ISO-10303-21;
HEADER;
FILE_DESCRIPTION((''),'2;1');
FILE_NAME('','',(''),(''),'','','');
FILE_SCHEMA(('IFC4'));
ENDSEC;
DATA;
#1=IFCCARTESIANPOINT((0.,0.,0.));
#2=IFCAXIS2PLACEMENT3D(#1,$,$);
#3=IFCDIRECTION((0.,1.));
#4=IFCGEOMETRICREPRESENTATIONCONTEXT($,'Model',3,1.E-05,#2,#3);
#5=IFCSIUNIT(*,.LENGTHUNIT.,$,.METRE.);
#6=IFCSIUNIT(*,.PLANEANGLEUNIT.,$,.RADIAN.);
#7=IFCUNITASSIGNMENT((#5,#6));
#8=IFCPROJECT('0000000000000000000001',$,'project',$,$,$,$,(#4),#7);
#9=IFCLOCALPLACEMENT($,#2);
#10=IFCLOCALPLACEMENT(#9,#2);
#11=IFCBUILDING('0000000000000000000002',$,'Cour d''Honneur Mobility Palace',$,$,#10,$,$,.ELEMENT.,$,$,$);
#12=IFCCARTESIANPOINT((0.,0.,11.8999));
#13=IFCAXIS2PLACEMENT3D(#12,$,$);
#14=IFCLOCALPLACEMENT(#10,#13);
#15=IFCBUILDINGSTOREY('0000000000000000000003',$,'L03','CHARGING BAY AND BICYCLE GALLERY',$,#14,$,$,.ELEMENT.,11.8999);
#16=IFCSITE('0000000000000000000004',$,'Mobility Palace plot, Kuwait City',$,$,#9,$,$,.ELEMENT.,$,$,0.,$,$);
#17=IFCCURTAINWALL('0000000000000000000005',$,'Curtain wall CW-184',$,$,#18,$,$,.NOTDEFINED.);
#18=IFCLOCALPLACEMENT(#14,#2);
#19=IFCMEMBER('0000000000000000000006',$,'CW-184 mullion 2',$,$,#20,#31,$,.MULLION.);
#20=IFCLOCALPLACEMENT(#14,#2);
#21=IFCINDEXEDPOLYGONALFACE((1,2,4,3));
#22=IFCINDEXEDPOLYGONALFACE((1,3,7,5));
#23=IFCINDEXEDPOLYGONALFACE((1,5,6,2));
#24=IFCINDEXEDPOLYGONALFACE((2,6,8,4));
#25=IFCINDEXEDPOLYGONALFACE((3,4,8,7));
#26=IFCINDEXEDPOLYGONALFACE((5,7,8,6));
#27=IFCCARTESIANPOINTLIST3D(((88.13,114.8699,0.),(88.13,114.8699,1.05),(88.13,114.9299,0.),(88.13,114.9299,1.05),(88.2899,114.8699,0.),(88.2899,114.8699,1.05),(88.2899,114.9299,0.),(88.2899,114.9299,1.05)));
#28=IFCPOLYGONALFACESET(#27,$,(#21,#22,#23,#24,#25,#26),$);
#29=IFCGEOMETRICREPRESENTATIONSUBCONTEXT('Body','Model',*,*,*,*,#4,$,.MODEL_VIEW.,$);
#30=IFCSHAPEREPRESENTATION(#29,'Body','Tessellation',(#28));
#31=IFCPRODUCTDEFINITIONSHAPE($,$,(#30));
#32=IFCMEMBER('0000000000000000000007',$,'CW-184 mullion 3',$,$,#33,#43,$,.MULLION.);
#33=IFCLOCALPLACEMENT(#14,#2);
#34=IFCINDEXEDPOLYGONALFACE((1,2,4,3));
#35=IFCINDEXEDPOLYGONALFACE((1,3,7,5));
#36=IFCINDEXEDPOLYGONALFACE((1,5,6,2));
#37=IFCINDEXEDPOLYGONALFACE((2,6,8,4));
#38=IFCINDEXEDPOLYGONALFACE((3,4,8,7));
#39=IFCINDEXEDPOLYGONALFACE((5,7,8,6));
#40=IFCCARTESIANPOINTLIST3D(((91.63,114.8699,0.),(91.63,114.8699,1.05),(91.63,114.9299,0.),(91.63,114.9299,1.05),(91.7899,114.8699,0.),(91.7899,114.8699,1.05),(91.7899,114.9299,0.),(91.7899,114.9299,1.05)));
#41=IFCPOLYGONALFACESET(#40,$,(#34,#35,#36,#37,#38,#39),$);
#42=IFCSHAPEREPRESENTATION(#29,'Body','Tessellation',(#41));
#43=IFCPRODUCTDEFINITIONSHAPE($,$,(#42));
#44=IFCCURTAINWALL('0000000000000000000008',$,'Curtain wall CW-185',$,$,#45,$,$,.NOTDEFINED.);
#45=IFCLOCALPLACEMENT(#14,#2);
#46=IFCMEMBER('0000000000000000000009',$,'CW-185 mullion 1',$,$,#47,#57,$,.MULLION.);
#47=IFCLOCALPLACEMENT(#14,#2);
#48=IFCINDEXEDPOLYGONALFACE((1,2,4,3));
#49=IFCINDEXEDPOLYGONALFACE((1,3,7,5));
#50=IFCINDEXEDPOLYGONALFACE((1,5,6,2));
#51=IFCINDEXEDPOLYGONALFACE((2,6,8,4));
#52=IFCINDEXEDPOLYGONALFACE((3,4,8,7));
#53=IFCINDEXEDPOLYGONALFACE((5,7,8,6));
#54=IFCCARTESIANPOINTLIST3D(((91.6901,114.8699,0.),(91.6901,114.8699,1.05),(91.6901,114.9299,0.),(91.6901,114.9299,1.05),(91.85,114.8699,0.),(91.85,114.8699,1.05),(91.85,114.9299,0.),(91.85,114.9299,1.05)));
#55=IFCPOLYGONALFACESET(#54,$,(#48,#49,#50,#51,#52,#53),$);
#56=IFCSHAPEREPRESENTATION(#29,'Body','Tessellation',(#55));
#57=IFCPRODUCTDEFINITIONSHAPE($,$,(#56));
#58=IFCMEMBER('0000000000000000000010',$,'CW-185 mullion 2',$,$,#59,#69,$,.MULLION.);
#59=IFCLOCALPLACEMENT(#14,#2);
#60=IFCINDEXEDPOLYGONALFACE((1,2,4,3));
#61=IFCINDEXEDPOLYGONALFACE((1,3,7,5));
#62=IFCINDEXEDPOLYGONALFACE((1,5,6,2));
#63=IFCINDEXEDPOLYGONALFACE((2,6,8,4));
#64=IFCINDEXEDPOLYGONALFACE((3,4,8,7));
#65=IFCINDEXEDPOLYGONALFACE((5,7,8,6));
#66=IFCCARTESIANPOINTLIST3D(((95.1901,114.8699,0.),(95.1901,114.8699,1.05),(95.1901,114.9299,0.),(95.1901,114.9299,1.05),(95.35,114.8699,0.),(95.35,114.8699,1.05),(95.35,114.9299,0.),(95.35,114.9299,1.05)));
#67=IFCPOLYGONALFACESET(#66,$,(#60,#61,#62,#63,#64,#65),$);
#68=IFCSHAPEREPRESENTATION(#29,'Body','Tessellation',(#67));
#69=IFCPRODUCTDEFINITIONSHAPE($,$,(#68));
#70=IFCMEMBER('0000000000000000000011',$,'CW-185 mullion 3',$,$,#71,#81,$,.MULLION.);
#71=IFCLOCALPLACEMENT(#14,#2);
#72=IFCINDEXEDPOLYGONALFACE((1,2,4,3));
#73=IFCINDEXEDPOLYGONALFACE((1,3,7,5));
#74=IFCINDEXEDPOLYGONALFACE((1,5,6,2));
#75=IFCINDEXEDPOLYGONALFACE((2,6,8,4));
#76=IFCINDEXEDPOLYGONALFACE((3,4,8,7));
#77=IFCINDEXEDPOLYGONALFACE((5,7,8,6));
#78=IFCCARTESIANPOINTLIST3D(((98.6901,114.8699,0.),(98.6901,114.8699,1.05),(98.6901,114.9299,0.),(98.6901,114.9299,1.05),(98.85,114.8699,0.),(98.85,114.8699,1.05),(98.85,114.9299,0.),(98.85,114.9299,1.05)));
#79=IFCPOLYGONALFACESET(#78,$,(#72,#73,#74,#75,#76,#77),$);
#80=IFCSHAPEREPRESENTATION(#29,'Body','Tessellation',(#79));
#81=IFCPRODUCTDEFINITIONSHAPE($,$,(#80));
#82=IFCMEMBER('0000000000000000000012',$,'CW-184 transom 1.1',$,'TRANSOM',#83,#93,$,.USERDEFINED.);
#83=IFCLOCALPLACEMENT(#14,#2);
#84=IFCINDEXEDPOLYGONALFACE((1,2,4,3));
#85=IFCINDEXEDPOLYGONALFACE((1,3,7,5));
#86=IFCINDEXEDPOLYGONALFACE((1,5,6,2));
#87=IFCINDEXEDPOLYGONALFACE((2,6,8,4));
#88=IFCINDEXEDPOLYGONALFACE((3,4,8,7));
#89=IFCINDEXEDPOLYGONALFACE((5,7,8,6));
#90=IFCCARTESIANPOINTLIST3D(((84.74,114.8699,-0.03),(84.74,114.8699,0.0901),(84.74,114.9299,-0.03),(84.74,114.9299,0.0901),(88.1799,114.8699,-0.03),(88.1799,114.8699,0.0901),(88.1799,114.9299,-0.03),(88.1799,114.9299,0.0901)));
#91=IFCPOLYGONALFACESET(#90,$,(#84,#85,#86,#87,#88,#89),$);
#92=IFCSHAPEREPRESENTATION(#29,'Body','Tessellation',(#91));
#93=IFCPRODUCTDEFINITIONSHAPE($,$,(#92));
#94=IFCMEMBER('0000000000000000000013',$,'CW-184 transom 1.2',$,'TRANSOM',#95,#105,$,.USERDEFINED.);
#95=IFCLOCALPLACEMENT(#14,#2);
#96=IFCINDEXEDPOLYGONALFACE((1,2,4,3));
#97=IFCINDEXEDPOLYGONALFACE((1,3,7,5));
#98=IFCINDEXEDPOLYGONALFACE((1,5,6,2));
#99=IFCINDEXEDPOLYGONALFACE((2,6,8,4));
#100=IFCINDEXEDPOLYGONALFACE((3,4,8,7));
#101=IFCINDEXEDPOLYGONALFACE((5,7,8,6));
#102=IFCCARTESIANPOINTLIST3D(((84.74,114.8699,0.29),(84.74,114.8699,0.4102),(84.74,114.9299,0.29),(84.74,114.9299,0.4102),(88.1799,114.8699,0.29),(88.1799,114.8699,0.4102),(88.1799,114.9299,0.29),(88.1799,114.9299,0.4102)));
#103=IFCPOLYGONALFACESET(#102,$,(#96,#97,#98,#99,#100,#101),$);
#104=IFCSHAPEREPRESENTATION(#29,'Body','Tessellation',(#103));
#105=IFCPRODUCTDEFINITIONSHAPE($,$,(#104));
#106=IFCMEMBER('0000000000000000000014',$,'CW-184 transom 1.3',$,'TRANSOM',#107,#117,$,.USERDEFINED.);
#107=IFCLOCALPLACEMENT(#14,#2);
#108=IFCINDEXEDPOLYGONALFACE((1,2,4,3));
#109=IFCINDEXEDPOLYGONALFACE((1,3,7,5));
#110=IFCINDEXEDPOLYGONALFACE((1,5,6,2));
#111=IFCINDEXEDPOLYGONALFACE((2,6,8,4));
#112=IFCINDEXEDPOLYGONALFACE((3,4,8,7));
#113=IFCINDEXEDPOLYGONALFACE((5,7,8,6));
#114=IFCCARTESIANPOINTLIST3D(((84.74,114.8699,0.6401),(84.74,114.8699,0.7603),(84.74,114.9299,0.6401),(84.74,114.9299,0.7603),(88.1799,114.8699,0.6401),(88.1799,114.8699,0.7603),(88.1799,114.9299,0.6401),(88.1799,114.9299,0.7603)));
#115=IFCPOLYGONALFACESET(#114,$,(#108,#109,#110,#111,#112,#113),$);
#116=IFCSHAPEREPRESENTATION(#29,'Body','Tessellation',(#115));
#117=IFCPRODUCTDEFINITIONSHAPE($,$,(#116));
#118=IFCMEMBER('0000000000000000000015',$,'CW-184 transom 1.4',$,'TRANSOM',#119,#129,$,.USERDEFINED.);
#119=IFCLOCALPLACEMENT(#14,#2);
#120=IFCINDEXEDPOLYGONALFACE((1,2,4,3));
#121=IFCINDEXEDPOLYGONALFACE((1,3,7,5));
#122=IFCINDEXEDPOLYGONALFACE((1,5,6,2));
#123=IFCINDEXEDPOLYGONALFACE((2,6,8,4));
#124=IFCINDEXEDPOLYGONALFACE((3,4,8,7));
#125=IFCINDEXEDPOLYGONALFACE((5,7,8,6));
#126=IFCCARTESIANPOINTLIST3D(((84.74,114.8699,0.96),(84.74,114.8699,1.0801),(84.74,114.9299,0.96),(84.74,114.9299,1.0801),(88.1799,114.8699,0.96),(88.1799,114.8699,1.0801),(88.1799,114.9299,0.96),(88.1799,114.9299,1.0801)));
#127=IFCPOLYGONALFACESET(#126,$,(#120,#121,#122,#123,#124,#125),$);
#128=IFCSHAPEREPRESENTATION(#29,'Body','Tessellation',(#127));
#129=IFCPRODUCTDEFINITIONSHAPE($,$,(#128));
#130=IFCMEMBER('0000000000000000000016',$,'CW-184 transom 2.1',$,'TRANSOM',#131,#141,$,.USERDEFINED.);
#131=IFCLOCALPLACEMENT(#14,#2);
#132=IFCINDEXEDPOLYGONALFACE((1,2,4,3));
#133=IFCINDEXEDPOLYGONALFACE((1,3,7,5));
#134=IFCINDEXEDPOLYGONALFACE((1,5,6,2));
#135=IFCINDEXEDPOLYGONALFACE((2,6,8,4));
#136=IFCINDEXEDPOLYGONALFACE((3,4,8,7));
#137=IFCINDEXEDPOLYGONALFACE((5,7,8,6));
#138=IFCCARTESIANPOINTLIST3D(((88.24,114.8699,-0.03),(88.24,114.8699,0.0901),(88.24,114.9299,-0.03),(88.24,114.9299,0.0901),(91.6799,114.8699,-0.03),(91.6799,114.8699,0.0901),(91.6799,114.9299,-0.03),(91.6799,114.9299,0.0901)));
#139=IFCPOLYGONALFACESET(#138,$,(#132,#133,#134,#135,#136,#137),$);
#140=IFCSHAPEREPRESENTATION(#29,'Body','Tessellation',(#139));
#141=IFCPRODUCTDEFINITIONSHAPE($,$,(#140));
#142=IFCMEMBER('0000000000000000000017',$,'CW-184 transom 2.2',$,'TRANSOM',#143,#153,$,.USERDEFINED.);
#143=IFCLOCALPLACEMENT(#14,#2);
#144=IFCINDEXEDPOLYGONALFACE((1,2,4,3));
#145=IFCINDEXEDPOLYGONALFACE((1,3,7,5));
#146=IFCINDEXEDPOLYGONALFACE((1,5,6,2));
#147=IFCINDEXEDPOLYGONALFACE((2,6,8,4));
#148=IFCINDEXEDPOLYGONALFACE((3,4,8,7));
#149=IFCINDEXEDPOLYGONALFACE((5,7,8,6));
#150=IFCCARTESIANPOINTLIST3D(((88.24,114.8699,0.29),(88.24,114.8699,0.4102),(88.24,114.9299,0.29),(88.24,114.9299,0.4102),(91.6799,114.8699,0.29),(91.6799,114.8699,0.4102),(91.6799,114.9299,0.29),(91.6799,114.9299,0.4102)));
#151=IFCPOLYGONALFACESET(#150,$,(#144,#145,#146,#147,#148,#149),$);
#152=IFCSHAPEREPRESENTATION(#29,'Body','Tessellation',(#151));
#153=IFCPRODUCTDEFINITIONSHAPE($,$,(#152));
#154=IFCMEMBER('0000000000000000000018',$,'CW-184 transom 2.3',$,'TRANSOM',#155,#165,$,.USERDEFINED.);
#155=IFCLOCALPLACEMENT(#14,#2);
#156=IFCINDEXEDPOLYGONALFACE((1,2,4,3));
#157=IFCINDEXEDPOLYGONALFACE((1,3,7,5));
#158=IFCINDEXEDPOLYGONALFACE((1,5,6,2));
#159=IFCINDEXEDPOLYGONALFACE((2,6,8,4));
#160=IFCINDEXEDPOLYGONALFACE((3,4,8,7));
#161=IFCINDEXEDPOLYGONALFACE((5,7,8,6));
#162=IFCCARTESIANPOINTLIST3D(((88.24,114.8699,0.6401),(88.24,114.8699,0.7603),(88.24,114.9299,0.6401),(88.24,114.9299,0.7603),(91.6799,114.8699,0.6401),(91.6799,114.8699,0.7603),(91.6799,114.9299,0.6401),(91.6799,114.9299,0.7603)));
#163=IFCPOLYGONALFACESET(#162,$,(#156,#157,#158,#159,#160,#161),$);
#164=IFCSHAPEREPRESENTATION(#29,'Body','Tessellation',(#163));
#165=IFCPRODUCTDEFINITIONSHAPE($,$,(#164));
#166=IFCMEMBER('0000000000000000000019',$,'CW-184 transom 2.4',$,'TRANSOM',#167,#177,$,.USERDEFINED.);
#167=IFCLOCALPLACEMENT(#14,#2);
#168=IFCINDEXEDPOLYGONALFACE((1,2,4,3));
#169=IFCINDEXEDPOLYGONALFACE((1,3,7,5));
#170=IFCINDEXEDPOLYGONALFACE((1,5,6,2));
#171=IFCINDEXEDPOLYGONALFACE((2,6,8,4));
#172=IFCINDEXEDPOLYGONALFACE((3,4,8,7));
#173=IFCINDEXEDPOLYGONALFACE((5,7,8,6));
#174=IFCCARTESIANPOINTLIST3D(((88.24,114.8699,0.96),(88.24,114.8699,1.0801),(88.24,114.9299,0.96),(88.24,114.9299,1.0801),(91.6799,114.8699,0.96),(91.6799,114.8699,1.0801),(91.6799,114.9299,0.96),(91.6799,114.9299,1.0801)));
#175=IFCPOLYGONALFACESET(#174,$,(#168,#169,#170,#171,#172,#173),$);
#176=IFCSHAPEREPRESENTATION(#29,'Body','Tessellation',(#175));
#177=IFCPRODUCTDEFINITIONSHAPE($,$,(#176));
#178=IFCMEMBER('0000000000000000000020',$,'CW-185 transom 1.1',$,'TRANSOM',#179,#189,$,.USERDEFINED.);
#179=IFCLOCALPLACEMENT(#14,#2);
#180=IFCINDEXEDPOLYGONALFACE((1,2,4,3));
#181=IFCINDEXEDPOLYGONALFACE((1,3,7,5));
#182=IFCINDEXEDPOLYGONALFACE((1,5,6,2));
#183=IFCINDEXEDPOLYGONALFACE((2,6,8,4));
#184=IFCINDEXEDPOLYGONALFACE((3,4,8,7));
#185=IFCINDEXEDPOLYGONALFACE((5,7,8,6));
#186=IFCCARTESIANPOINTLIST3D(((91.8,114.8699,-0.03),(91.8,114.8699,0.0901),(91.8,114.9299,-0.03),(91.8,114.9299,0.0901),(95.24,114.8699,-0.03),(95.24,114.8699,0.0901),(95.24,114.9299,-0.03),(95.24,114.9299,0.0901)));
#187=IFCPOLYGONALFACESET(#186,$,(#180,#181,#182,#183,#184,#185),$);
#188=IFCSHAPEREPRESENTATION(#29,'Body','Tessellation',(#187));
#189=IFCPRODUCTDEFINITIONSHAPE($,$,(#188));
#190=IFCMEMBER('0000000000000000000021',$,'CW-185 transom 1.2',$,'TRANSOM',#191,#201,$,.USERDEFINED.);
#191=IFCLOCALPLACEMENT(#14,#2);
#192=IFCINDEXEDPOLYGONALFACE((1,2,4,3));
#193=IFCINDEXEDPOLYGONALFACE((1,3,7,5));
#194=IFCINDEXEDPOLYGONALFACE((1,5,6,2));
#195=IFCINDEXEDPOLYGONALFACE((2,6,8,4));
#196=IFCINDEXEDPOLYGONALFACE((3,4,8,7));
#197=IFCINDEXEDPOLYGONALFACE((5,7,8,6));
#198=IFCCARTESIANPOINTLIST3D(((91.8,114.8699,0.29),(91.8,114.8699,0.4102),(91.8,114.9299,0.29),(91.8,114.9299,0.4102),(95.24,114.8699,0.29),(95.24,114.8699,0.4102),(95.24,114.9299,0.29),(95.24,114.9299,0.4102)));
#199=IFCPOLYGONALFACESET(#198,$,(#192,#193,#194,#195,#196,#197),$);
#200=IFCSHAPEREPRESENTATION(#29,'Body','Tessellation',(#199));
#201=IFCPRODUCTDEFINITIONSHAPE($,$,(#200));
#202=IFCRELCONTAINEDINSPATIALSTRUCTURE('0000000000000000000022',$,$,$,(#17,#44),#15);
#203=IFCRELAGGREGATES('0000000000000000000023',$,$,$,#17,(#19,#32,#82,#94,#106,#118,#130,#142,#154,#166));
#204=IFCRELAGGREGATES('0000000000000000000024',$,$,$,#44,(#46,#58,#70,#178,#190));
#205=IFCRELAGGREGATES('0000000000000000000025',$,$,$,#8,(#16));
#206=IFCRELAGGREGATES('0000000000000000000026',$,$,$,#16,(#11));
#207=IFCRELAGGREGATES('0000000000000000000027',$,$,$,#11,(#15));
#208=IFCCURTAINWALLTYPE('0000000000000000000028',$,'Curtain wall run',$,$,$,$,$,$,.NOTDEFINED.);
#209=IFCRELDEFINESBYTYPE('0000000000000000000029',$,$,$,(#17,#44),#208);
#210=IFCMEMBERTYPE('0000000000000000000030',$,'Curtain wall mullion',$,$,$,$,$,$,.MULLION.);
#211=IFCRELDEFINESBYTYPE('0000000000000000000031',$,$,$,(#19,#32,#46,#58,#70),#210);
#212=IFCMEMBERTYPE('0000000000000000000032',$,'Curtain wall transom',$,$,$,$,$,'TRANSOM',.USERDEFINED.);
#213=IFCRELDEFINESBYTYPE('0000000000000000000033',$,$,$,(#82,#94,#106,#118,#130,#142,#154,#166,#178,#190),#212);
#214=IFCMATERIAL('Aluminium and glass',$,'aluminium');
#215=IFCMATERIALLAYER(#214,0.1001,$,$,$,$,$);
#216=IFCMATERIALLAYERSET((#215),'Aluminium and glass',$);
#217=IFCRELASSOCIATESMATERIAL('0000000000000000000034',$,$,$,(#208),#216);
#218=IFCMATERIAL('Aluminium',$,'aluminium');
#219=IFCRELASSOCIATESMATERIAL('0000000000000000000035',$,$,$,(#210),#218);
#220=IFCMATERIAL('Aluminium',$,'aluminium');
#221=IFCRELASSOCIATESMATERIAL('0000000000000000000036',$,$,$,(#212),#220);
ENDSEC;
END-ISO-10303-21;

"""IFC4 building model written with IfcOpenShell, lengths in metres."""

from ifc_helpers import new_model, si_unit, direction, frame, origin, origin_2d, place, context, subcontext, project, spatial, rectangle, extrude, material, layer, layer_set, material_profile, profile_set, type_object, element, aggregate, save


model = new_model("IFC4")

# Units and contexts
model_context = context("Model", 3, precision=1e-05, world=origin(), true_north=direction((0.0, 1.0)))
body_context = subcontext(model_context, "Body", "Model", "MODEL_VIEW")
ifc_project = project(units=[si_unit("LENGTHUNIT", "METRE"), si_unit("PLANEANGLEUNIT", "RADIAN")], contexts=[model_context])

# Site, building, storey
site_placement = place(None, origin())
site = spatial("IfcSite", under=ifc_project, at=site_placement, Name="Mobility Palace plot, Kuwait City", CompositionType="ELEMENT", RefElevation=0.0)
building_placement = place(site_placement, origin())
building = spatial("IfcBuilding", under=site, at=building_placement, Name="Cour d'Honneur Mobility Palace", CompositionType="ELEMENT")
storey_placement = place(building_placement, frame((0.0, 0.0, 11.8999)))
storey = spatial("IfcBuildingStorey", under=building, at=storey_placement, Name="L03", Description="CHARGING BAY AND BICYCLE GALLERY", CompositionType="ELEMENT", Elevation=11.8999)

# Curtain walls, members
ifc_material_1 = material(Name="Aluminium and glass", Category="aluminium")
ifc_layer_1 = layer(ifc_material_1, 0.1001)
ifc_layer_set_1 = layer_set([ifc_layer_1], Name="Aluminium and glass")
curtain_wall_type = type_object("IfcCurtainWallType", Name="Curtain wall run", PredefinedType="NOTDEFINED", material=ifc_layer_set_1)
curtain_wall_1_placement = place(storey_placement, origin())
curtain_wall_1 = element("IfcCurtainWall", 1, at=curtain_wall_1_placement, inside=storey, type_object=curtain_wall_type, Name="Curtain wall CW-184", PredefinedType="NOTDEFINED")
ifc_material_2 = material(Name="Aluminium", Category="aluminium")
ifc_material_profile_1 = material_profile(ifc_material_2, rectangle(XDim=0.0601, YDim=0.1599, at=origin_2d()), Name="Curtain wall mullion")
ifc_profile_set_1 = profile_set([ifc_material_profile_1], Name="Aluminium")
member_type_1 = type_object("IfcMemberType", Name="Curtain wall mullion", PredefinedType="MULLION", material=ifc_profile_set_1)
member_1_placement = place(storey_placement, frame((88.21, 114.8999, 0.0), z_axis=(0.0, 0.0, 1.0), x_axis=(0.0, 1.0, 0.0)))
member_1 = element("IfcMember", 2, at=member_1_placement, type_object=member_type_1, Name="CW-184 mullion 2", PredefinedType="MULLION", context=body_context, shape_type="SweptSolid", body=[
    extrude(rectangle(XDim=0.0601, YDim=0.1599, at=origin_2d()), origin(), (0.0, 0.0, 1.0), 1.05),
])
member_2_placement = place(storey_placement, frame((91.71, 114.8999, 0.0), z_axis=(0.0, 0.0, 1.0), x_axis=(0.0, 1.0, 0.0)))
member_2 = element("IfcMember", 3, at=member_2_placement, type_object=member_type_1, Name="CW-184 mullion 3", PredefinedType="MULLION", context=body_context, shape_type="SweptSolid", body=[
    extrude(rectangle(XDim=0.0601, YDim=0.1599, at=origin_2d()), origin(), (0.0, 0.0, 1.0), 1.05),
])
curtain_wall_2_placement = place(storey_placement, origin())
curtain_wall_2 = element("IfcCurtainWall", 4, at=curtain_wall_2_placement, inside=storey, type_object=curtain_wall_type, Name="Curtain wall CW-185", PredefinedType="NOTDEFINED")
member_3_placement = place(storey_placement, frame((91.77, 114.8999, 0.0), z_axis=(0.0, 0.0, 1.0), x_axis=(0.0, 1.0, 0.0)))
member_3 = element("IfcMember", 5, at=member_3_placement, type_object=member_type_1, Name="CW-185 mullion 1", PredefinedType="MULLION", context=body_context, shape_type="SweptSolid", body=[
    extrude(rectangle(XDim=0.0601, YDim=0.1599, at=origin_2d()), origin(), (0.0, 0.0, 1.0), 1.05),
])
member_4_placement = place(storey_placement, frame((95.27, 114.8999, 0.0), z_axis=(0.0, 0.0, 1.0), x_axis=(0.0, 1.0, 0.0)))
member_4 = element("IfcMember", 6, at=member_4_placement, type_object=member_type_1, Name="CW-185 mullion 2", PredefinedType="MULLION", context=body_context, shape_type="SweptSolid", body=[
    extrude(rectangle(XDim=0.0601, YDim=0.1599, at=origin_2d()), origin(), (0.0, 0.0, 1.0), 1.05),
])
member_5_placement = place(storey_placement, frame((98.77, 114.8999, 0.0), z_axis=(0.0, 0.0, 1.0), x_axis=(0.0, 1.0, 0.0)))
member_5 = element("IfcMember", 7, at=member_5_placement, type_object=member_type_1, Name="CW-185 mullion 3", PredefinedType="MULLION", context=body_context, shape_type="SweptSolid", body=[
    extrude(rectangle(XDim=0.0601, YDim=0.1599, at=origin_2d()), origin(), (0.0, 0.0, 1.0), 1.05),
])

# Members
ifc_material_3 = material(Name="Aluminium", Category="aluminium")
ifc_material_profile_2 = material_profile(ifc_material_3, rectangle(XDim=0.0601, YDim=0.1201, at=origin_2d()), Name="Curtain wall transom")
ifc_profile_set_2 = profile_set([ifc_material_profile_2], Name="Aluminium")
member_type_2 = type_object("IfcMemberType", Name="Curtain wall transom", ElementType="TRANSOM", PredefinedType="USERDEFINED", material=ifc_profile_set_2)
member_6_placement = place(storey_placement, frame((84.74, 114.8999, 0.03), z_axis=(1.0, 0.0, 0.0), x_axis=(0.0, 1.0, 0.0)))
member_6 = element("IfcMember", 8, at=member_6_placement, type_object=member_type_2, Name="CW-184 transom 1.1", ObjectType="TRANSOM", PredefinedType="USERDEFINED", context=body_context, shape_type="SweptSolid", body=[
    extrude(rectangle(XDim=0.0601, YDim=0.1201, at=origin_2d()), origin(), (0.0, 0.0, 1.0), 3.4399),
])
member_7_placement = place(storey_placement, frame((84.74, 114.8999, 0.3501), z_axis=(1.0, 0.0, 0.0), x_axis=(0.0, 1.0, 0.0)))
member_7 = element("IfcMember", 9, at=member_7_placement, type_object=member_type_2, Name="CW-184 transom 1.2", ObjectType="TRANSOM", PredefinedType="USERDEFINED", context=body_context, shape_type="SweptSolid", body=[
    extrude(rectangle(XDim=0.0601, YDim=0.1201, at=origin_2d()), origin(), (0.0, 0.0, 1.0), 3.4399),
])
member_8_placement = place(storey_placement, frame((84.74, 114.8999, 0.7002), z_axis=(1.0, 0.0, 0.0), x_axis=(0.0, 1.0, 0.0)))
member_8 = element("IfcMember", 10, at=member_8_placement, type_object=member_type_2, Name="CW-184 transom 1.3", ObjectType="TRANSOM", PredefinedType="USERDEFINED", context=body_context, shape_type="SweptSolid", body=[
    extrude(rectangle(XDim=0.0601, YDim=0.1201, at=origin_2d()), origin(), (0.0, 0.0, 1.0), 3.4399),
])
member_9_placement = place(storey_placement, frame((84.74, 114.8999, 1.02), z_axis=(1.0, 0.0, 0.0), x_axis=(0.0, 1.0, 0.0)))
member_9 = element("IfcMember", 11, at=member_9_placement, type_object=member_type_2, Name="CW-184 transom 1.4", ObjectType="TRANSOM", PredefinedType="USERDEFINED", context=body_context, shape_type="SweptSolid", body=[
    extrude(rectangle(XDim=0.0601, YDim=0.1201, at=origin_2d()), origin(), (0.0, 0.0, 1.0), 3.4399),
])
member_10_placement = place(storey_placement, frame((88.24, 114.8999, 0.03), z_axis=(1.0, 0.0, 0.0), x_axis=(0.0, 1.0, 0.0)))
member_10 = element("IfcMember", 12, at=member_10_placement, type_object=member_type_2, Name="CW-184 transom 2.1", ObjectType="TRANSOM", PredefinedType="USERDEFINED", context=body_context, shape_type="SweptSolid", body=[
    extrude(rectangle(XDim=0.0601, YDim=0.1201, at=origin_2d()), origin(), (0.0, 0.0, 1.0), 3.4399),
])
member_11_placement = place(storey_placement, frame((88.24, 114.8999, 0.3501), z_axis=(1.0, 0.0, 0.0), x_axis=(0.0, 1.0, 0.0)))
member_11 = element("IfcMember", 13, at=member_11_placement, type_object=member_type_2, Name="CW-184 transom 2.2", ObjectType="TRANSOM", PredefinedType="USERDEFINED", context=body_context, shape_type="SweptSolid", body=[
    extrude(rectangle(XDim=0.0601, YDim=0.1201, at=origin_2d()), origin(), (0.0, 0.0, 1.0), 3.4399),
])
member_12_placement = place(storey_placement, frame((88.24, 114.8999, 0.7002), z_axis=(1.0, 0.0, 0.0), x_axis=(0.0, 1.0, 0.0)))
member_12 = element("IfcMember", 14, at=member_12_placement, type_object=member_type_2, Name="CW-184 transom 2.3", ObjectType="TRANSOM", PredefinedType="USERDEFINED", context=body_context, shape_type="SweptSolid", body=[
    extrude(rectangle(XDim=0.0601, YDim=0.1201, at=origin_2d()), origin(), (0.0, 0.0, 1.0), 3.4399),
])
member_13_placement = place(storey_placement, frame((88.24, 114.8999, 1.02), z_axis=(1.0, 0.0, 0.0), x_axis=(0.0, 1.0, 0.0)))
member_13 = element("IfcMember", 15, at=member_13_placement, type_object=member_type_2, Name="CW-184 transom 2.4", ObjectType="TRANSOM", PredefinedType="USERDEFINED", context=body_context, shape_type="SweptSolid", body=[
    extrude(rectangle(XDim=0.0601, YDim=0.1201, at=origin_2d()), origin(), (0.0, 0.0, 1.0), 3.4399),
])
member_14_placement = place(storey_placement, frame((91.8, 114.8999, 0.03), z_axis=(1.0, 0.0, 0.0), x_axis=(0.0, 1.0, 0.0)))
member_14 = element("IfcMember", 16, at=member_14_placement, type_object=member_type_2, Name="CW-185 transom 1.1", ObjectType="TRANSOM", PredefinedType="USERDEFINED", context=body_context, shape_type="SweptSolid", body=[
    extrude(rectangle(XDim=0.0601, YDim=0.1201, at=origin_2d()), origin(), (0.0, 0.0, 1.0), 3.4399),
])
member_15_placement = place(storey_placement, frame((91.8, 114.8999, 0.3501), z_axis=(1.0, 0.0, 0.0), x_axis=(0.0, 1.0, 0.0)))
member_15 = element("IfcMember", 17, at=member_15_placement, type_object=member_type_2, Name="CW-185 transom 1.2", ObjectType="TRANSOM", PredefinedType="USERDEFINED", context=body_context, shape_type="SweptSolid", body=[
    extrude(rectangle(XDim=0.0601, YDim=0.1201, at=origin_2d()), origin(), (0.0, 0.0, 1.0), 3.4399),
])

aggregate(curtain_wall_1, [member_1, member_2, member_6, member_7, member_8, member_9, member_10, member_11, member_12, member_13])
aggregate(curtain_wall_2, [member_3, member_4, member_5, member_14, member_15])

save(model, "model.ifc")
